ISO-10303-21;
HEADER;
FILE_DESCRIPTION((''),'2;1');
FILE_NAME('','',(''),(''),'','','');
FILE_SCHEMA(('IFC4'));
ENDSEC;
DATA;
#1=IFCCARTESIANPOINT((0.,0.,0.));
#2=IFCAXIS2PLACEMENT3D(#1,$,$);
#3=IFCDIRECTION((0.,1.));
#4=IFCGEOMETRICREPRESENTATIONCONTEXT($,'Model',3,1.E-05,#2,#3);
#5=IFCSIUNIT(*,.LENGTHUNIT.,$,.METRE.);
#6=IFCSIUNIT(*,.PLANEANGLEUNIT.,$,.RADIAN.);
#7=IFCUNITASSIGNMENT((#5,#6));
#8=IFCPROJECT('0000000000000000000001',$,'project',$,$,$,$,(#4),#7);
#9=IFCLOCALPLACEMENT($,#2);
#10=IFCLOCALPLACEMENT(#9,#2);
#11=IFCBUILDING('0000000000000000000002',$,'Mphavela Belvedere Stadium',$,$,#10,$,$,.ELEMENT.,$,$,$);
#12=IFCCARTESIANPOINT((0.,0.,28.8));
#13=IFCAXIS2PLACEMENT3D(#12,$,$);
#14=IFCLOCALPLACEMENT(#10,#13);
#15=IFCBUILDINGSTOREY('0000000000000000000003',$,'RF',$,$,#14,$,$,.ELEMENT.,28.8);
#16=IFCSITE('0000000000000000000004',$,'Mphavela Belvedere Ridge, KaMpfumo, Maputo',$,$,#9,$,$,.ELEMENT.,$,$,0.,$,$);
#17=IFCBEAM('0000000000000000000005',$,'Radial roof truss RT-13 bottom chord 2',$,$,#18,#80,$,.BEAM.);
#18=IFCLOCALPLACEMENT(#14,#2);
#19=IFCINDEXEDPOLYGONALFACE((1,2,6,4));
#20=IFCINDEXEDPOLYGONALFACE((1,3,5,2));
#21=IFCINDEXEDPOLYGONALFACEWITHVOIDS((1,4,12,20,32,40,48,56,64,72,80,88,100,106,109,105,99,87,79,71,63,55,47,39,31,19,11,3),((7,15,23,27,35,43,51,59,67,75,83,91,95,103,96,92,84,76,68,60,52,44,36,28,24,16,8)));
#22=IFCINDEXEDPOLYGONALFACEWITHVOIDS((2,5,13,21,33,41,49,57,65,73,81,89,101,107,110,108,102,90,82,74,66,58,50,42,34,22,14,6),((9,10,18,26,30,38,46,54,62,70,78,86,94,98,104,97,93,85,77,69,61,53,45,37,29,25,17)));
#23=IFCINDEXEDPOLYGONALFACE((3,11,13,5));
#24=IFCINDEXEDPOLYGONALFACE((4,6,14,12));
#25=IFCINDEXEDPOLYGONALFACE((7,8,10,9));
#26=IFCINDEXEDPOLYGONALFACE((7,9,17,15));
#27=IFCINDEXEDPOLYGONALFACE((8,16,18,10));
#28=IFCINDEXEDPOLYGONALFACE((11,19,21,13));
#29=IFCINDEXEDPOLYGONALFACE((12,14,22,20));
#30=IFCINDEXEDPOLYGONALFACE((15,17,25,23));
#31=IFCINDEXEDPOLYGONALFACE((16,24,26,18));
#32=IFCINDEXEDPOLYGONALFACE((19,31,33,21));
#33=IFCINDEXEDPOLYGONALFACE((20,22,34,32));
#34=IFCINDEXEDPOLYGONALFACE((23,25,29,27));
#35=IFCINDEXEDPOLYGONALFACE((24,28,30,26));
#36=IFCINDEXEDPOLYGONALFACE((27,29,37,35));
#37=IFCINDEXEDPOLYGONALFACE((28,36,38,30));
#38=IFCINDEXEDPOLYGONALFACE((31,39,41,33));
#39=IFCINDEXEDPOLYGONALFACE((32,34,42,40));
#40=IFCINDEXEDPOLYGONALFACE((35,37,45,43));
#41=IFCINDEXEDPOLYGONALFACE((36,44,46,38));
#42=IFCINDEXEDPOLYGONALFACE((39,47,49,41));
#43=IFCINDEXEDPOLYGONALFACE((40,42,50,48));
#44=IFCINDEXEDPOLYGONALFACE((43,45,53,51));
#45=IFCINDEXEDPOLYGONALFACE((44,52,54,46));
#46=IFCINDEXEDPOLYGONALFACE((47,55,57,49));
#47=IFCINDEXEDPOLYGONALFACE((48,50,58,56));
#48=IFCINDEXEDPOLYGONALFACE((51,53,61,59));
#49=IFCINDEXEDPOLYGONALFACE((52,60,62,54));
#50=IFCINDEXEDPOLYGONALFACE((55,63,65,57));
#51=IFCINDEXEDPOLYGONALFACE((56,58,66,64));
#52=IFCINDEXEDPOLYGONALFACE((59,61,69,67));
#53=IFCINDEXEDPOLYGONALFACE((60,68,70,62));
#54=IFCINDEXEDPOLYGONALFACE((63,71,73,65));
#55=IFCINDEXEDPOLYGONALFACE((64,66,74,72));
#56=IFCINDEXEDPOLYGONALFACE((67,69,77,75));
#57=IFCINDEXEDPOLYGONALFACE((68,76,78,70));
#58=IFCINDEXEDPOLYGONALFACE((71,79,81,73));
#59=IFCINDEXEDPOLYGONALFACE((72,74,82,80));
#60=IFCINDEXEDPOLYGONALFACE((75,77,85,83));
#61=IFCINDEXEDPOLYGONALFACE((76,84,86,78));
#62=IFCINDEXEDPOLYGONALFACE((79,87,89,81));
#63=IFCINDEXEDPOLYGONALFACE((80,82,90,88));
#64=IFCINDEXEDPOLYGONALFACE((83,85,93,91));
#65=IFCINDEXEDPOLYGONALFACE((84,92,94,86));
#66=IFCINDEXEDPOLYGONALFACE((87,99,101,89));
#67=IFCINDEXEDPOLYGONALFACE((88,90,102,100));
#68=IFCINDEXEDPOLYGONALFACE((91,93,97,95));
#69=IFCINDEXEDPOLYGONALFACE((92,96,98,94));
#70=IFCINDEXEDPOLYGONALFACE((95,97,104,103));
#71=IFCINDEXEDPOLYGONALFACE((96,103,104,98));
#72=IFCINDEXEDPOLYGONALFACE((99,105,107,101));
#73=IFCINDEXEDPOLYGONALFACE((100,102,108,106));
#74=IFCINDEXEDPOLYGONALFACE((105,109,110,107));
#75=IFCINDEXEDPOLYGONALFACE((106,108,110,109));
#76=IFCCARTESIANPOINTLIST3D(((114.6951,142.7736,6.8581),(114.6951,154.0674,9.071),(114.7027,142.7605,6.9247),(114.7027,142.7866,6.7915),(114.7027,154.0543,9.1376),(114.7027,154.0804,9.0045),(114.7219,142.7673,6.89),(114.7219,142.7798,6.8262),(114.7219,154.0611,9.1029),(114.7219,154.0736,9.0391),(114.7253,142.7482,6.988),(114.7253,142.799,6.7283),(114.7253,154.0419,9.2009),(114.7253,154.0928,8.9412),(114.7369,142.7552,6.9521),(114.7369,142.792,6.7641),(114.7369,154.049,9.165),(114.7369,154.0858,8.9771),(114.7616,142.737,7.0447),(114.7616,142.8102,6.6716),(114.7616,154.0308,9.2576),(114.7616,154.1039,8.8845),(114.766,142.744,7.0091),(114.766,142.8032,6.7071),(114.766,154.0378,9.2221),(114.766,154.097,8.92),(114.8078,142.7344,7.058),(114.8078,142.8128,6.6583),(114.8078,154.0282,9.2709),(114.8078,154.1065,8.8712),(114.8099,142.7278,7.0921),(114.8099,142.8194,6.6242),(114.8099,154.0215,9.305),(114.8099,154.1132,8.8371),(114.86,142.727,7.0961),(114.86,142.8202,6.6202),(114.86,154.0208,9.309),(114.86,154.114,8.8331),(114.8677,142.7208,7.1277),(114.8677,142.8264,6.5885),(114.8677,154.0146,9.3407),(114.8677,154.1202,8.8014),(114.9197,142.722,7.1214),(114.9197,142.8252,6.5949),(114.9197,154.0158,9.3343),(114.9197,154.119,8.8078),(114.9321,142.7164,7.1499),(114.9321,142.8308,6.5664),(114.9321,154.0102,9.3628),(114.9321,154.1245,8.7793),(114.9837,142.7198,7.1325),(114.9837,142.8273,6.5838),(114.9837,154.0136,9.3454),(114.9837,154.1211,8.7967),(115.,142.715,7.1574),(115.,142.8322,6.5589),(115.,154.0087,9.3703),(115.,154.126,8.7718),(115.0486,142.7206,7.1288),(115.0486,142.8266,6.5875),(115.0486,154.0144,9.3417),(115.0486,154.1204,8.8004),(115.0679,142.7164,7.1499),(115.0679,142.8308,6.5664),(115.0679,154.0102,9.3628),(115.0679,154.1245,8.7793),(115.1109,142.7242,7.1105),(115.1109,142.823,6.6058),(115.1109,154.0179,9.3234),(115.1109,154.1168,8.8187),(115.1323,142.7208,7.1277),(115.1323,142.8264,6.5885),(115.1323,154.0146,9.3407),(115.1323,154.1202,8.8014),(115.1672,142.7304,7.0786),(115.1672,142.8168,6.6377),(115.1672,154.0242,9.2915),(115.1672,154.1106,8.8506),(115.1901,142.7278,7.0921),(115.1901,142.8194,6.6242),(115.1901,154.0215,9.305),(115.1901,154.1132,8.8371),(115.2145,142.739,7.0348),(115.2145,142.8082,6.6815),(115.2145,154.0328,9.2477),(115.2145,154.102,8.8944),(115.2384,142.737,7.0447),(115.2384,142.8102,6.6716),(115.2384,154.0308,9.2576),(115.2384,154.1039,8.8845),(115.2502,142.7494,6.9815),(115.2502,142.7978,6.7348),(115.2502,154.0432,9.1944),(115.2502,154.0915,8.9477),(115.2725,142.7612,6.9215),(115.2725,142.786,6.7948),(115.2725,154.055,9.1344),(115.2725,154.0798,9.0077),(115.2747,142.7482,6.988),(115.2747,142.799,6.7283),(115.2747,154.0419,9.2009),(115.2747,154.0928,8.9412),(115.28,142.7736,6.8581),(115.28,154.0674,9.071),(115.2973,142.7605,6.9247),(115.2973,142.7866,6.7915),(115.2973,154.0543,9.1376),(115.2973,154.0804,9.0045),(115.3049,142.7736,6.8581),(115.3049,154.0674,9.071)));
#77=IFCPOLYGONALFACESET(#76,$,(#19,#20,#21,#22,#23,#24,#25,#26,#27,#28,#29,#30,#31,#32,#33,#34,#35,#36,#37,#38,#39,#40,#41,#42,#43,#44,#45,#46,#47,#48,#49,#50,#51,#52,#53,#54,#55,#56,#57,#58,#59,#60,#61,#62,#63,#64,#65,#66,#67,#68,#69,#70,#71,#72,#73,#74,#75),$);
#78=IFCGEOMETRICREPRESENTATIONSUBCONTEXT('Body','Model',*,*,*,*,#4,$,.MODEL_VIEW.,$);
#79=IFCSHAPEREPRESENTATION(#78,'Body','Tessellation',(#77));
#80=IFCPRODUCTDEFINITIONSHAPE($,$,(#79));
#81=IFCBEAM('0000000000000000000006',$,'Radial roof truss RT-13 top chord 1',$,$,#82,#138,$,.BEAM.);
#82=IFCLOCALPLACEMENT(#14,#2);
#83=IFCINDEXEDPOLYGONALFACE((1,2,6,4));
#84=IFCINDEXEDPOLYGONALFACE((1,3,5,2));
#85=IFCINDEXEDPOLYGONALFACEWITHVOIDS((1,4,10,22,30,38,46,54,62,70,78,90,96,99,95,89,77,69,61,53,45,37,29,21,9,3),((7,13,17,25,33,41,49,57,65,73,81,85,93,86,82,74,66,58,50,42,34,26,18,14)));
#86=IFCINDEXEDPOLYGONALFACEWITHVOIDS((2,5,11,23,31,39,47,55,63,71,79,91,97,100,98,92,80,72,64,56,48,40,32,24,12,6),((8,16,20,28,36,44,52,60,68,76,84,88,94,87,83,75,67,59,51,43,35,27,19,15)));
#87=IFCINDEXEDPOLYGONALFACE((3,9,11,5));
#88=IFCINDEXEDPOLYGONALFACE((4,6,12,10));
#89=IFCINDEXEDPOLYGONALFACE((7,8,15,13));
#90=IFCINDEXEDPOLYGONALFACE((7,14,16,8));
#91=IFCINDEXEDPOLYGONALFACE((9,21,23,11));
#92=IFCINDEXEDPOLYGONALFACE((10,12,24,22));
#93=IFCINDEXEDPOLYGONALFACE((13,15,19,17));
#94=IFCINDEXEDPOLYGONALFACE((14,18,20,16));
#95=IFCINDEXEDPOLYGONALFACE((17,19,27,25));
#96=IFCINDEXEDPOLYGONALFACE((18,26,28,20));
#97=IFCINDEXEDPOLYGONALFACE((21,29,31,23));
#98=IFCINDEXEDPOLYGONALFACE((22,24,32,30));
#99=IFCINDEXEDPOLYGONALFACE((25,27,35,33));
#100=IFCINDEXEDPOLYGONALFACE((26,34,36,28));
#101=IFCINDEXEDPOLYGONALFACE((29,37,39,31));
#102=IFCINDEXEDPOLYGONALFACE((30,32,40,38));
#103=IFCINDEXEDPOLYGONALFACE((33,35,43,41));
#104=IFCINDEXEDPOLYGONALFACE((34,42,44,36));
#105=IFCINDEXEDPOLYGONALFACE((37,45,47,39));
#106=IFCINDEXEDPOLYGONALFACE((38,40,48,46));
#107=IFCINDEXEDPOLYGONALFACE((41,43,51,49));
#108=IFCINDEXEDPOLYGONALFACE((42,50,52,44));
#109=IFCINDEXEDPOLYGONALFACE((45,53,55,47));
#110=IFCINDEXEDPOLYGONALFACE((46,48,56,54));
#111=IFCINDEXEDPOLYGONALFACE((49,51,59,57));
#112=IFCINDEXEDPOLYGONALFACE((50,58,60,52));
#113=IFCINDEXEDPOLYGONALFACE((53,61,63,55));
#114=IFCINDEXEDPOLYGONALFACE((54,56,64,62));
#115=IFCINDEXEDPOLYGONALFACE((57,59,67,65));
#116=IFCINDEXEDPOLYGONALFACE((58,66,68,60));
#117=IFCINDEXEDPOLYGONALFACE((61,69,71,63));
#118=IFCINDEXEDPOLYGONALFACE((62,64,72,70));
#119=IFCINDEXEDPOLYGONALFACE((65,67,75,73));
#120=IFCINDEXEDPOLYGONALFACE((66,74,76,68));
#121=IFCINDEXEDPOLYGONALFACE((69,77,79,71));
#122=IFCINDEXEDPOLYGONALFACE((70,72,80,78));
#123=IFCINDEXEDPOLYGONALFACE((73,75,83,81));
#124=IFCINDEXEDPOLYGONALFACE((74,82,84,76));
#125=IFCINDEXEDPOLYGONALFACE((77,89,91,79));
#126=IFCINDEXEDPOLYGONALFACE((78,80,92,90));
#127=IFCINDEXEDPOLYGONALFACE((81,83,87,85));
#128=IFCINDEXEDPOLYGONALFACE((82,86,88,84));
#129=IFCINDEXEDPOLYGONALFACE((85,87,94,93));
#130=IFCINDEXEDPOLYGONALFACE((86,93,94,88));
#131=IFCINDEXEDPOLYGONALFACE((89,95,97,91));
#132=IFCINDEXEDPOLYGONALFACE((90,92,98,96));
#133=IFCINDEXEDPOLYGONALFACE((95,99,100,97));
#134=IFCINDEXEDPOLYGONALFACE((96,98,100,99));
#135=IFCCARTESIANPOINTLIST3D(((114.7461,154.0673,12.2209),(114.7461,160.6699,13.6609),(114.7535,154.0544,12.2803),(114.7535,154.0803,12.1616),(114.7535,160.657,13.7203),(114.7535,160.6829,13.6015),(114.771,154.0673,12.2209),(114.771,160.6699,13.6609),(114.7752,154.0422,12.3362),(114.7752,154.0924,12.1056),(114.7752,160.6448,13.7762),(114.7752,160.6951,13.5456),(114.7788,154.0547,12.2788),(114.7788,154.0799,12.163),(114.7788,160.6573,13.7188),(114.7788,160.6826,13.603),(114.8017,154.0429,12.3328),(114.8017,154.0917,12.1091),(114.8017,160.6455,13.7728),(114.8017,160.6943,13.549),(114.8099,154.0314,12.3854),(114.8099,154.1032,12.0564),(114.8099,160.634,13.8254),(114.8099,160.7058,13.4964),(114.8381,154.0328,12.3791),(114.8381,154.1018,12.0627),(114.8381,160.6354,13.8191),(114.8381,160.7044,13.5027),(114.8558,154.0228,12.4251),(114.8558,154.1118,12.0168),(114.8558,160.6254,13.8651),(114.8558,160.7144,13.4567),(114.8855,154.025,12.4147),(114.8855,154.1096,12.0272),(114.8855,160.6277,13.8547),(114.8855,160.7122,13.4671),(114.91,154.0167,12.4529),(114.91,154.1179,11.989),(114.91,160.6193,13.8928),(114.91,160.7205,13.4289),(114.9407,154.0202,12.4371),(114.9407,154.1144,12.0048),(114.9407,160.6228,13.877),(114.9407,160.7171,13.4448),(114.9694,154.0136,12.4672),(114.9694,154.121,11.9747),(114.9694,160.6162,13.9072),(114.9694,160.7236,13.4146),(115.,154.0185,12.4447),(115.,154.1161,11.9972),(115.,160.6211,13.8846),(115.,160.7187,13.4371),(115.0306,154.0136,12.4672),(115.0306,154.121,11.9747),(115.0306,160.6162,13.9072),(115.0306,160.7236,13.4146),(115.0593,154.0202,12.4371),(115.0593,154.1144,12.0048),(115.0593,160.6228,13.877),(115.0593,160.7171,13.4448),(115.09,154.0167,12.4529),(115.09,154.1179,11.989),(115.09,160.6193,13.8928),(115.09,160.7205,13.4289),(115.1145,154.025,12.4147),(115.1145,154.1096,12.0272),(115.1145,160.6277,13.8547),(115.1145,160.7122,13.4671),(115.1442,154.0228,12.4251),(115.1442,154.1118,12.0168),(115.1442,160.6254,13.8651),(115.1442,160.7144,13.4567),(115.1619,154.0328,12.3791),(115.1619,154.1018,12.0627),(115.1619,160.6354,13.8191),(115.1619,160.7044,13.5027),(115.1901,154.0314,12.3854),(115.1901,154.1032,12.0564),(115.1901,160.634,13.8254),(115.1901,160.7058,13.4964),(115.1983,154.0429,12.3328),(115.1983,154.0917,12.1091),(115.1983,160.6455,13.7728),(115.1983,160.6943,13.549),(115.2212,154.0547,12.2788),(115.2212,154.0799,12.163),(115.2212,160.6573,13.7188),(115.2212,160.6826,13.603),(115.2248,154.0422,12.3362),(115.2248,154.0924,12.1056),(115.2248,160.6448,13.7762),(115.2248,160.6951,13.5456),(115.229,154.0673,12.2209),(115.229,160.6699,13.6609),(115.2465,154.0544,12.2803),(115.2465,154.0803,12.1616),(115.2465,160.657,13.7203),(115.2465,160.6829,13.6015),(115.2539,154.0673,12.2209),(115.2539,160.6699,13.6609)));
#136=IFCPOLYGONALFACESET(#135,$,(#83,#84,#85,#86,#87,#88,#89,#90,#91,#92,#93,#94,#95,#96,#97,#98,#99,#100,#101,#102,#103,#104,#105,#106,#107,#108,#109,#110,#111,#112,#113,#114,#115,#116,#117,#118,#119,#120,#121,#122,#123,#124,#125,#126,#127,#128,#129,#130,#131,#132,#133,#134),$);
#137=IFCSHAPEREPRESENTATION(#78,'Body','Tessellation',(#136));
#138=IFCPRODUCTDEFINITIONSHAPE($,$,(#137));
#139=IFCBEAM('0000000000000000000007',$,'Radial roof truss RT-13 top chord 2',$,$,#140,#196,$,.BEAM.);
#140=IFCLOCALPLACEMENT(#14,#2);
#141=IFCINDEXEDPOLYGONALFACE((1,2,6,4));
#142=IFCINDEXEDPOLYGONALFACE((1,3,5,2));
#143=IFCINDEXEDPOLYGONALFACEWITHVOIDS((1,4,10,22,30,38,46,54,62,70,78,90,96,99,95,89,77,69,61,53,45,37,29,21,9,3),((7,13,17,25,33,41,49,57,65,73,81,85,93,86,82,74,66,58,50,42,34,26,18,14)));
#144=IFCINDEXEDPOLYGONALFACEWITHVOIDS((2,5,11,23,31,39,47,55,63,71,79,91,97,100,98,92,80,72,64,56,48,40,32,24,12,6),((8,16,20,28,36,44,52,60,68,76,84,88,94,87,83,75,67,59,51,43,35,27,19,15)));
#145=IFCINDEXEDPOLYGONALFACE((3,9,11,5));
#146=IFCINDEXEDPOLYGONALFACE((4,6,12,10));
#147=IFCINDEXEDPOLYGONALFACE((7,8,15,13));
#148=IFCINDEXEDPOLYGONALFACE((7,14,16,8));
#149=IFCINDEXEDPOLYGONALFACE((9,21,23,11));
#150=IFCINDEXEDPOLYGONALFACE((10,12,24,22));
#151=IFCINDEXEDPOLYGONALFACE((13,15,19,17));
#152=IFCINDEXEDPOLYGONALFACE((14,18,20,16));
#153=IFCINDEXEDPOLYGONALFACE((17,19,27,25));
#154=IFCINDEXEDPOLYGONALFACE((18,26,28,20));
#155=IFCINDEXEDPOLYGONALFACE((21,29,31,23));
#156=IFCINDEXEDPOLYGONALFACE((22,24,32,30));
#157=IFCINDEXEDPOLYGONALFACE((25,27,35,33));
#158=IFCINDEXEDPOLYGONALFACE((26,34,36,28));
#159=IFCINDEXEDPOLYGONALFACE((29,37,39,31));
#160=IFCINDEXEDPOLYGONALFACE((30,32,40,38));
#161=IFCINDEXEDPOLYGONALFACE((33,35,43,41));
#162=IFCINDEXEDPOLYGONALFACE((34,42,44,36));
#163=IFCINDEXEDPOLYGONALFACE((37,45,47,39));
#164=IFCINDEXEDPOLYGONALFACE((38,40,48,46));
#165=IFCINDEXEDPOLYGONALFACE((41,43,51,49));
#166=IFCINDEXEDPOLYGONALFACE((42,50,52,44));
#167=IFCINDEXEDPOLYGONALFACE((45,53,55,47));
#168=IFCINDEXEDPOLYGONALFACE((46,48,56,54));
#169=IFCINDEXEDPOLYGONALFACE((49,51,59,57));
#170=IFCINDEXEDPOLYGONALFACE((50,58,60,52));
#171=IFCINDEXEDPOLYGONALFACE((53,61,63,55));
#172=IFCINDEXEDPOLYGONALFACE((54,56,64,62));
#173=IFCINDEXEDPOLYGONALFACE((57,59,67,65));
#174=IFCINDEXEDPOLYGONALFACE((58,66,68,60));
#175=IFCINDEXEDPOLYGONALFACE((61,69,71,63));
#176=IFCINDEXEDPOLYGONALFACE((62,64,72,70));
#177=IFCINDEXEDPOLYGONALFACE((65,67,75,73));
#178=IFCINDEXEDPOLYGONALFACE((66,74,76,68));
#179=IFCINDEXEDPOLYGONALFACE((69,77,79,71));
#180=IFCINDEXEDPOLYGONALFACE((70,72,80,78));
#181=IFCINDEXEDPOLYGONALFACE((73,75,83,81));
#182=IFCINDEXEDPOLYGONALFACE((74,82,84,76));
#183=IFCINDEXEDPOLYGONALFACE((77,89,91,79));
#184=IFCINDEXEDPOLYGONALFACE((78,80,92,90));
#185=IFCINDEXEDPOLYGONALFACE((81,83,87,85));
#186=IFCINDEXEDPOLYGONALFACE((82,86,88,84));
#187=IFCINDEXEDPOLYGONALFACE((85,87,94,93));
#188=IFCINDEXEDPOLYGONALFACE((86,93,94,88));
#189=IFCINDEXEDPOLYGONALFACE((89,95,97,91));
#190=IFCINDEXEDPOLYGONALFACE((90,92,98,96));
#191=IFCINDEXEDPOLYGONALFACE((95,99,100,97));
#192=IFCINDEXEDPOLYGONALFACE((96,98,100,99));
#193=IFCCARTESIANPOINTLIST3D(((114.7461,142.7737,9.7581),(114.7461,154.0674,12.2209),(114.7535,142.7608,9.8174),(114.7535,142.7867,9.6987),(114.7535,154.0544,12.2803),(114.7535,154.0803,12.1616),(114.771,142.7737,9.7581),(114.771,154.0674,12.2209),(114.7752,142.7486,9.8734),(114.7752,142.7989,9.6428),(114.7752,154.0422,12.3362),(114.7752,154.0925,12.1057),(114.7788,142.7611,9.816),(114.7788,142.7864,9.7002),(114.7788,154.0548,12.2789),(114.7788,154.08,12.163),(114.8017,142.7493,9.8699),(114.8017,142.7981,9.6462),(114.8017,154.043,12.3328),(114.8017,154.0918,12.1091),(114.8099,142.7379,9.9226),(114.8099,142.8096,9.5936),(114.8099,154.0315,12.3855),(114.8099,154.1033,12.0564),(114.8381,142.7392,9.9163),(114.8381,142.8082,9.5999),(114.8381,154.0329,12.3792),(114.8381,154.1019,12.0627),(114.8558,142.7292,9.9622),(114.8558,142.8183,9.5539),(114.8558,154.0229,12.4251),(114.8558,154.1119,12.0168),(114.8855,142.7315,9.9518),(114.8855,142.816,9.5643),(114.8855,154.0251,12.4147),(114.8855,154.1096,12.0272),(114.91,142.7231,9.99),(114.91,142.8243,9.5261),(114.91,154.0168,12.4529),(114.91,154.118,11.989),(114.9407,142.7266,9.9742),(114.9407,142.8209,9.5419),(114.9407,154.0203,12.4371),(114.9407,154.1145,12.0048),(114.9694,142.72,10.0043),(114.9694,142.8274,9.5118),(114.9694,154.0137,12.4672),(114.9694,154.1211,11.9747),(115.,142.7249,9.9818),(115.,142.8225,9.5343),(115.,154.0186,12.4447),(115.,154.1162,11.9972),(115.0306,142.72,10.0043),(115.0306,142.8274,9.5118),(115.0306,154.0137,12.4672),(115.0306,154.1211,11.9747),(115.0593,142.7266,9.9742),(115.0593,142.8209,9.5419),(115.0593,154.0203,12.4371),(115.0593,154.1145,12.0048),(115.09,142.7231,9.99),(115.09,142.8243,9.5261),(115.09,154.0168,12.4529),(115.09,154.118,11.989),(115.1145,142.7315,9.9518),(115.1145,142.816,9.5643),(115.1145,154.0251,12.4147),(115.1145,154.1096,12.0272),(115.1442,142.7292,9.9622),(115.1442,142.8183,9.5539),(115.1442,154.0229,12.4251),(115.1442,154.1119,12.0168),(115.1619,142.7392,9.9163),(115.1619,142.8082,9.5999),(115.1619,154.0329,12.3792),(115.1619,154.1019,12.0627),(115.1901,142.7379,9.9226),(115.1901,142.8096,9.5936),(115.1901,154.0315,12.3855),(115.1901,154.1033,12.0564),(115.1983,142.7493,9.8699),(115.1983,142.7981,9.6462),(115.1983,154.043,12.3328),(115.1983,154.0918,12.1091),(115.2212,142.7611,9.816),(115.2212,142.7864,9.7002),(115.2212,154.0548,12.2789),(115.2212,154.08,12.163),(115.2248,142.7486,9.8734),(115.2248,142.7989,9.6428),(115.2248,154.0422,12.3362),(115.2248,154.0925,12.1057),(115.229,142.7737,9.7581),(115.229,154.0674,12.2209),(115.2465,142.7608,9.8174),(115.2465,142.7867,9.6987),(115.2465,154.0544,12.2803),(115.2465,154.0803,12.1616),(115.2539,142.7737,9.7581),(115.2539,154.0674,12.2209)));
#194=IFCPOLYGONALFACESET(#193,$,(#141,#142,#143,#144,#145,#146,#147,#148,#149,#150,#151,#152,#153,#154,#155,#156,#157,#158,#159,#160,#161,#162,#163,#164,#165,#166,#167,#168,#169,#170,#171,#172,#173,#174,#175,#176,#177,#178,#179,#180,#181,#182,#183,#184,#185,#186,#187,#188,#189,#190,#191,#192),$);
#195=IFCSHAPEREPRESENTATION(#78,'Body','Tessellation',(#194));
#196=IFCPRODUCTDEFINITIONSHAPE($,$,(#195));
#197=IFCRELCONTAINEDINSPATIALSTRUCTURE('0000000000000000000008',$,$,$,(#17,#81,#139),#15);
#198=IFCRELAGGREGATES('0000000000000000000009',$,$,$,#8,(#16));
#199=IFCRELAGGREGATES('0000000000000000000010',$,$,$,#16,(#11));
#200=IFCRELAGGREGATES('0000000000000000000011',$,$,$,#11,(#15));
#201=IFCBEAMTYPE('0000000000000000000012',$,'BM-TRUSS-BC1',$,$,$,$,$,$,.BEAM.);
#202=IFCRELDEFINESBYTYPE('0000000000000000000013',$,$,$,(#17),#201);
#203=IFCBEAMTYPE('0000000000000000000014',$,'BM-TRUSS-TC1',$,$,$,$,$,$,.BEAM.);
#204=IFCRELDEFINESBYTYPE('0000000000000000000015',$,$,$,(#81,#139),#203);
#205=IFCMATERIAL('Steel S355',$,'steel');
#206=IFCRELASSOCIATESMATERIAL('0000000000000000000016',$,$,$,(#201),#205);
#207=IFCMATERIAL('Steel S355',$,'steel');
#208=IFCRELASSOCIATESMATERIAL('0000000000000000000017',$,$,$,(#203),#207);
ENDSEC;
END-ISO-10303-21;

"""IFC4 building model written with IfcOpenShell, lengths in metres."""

from ifc_helpers import new_model, si_unit, direction, frame, origin, origin_2d, place, context, subcontext, project, spatial, hollow_circle, extrude, material, material_profile, profile_set, type_object, element, save


model = new_model("IFC4")

# Units and contexts
model_context = context("Model", 3, precision=1e-05, world=origin(), true_north=direction((0.0, 1.0)))
body_context = subcontext(model_context, "Body", "Model", "MODEL_VIEW")
ifc_project = project(units=[si_unit("LENGTHUNIT", "METRE"), si_unit("PLANEANGLEUNIT", "RADIAN")], contexts=[model_context])

# Site, building, storey
site_placement = place(None, origin())
site = spatial("IfcSite", under=ifc_project, at=site_placement, Name="Mphavela Belvedere Ridge, KaMpfumo, Maputo", CompositionType="ELEMENT", RefElevation=0.0)
building_placement = place(site_placement, origin())
building = spatial("IfcBuilding", under=site, at=building_placement, Name="Mphavela Belvedere Stadium", CompositionType="ELEMENT")
storey_placement = place(building_placement, frame((0.0, 0.0, 28.8)))
storey = spatial("IfcBuildingStorey", under=building, at=storey_placement, Name="RF", CompositionType="ELEMENT", Elevation=28.8)

# Beams
ifc_material_1 = material(Name="Steel S355", Category="steel")
ifc_material_profile_1 = material_profile(ifc_material_1, hollow_circle(Radius=0.3049, WallThickness=0.0249, at=origin_2d()), Name="CHS 610x25")
ifc_profile_set_1 = profile_set([ifc_material_profile_1], Name="Steel S355")
beam_type_1 = type_object("IfcBeamType", Name="BM-TRUSS-BC1", PredefinedType="BEAM", material=ifc_profile_set_1)
beam_1_placement = place(storey_placement, frame((115.0, 154.0674, 9.071), z_axis=(0.0, -0.981339, -0.192284), x_axis=(1.0, 0.0, 0.0)))
element("IfcBeam", 1, at=beam_1_placement, inside=storey, type_object=beam_type_1, Name="Radial roof truss RT-13 bottom chord 2", PredefinedType="BEAM", context=body_context, shape_type="SweptSolid", body=[
    extrude(hollow_circle(Radius=0.3049, WallThickness=0.0249, at=origin_2d()), origin(), (0.0, 0.0, 1.0), 11.5085),
])
ifc_material_2 = material(Name="Steel S355", Category="steel")
ifc_material_profile_2 = material_profile(ifc_material_2, hollow_circle(Radius=0.2539, WallThickness=0.0249, at=origin_2d()), Name="CHS 508x25")
ifc_profile_set_2 = profile_set([ifc_material_profile_2], Name="Steel S355")
beam_type_2 = type_object("IfcBeamType", Name="BM-TRUSS-TC1", PredefinedType="BEAM", material=ifc_profile_set_2)
beam_2_placement = place(storey_placement, frame((115.0, 160.6699, 13.6609), z_axis=(0.0, -0.977035, -0.213081), x_axis=(1.0, 0.0, 0.0)))
element("IfcBeam", 2, at=beam_2_placement, inside=storey, type_object=beam_type_2, Name="Radial roof truss RT-13 top chord 1", PredefinedType="BEAM", context=body_context, shape_type="SweptSolid", body=[
    extrude(hollow_circle(Radius=0.2539, WallThickness=0.0249, at=origin_2d()), origin(), (0.0, 0.0, 1.0), 6.7578),
])
beam_3_placement = place(storey_placement, frame((115.0, 154.0674, 12.2209), z_axis=(0.0, -0.977037, -0.213069), x_axis=(1.0, 0.0, 0.0)))
element("IfcBeam", 3, at=beam_3_placement, inside=storey, type_object=beam_type_2, Name="Radial roof truss RT-13 top chord 2", PredefinedType="BEAM", context=body_context, shape_type="SweptSolid", body=[
    extrude(hollow_circle(Radius=0.2539, WallThickness=0.0249, at=origin_2d()), origin(), (0.0, 0.0, 1.0), 11.5591),
])

save(model, "model.ifc")
